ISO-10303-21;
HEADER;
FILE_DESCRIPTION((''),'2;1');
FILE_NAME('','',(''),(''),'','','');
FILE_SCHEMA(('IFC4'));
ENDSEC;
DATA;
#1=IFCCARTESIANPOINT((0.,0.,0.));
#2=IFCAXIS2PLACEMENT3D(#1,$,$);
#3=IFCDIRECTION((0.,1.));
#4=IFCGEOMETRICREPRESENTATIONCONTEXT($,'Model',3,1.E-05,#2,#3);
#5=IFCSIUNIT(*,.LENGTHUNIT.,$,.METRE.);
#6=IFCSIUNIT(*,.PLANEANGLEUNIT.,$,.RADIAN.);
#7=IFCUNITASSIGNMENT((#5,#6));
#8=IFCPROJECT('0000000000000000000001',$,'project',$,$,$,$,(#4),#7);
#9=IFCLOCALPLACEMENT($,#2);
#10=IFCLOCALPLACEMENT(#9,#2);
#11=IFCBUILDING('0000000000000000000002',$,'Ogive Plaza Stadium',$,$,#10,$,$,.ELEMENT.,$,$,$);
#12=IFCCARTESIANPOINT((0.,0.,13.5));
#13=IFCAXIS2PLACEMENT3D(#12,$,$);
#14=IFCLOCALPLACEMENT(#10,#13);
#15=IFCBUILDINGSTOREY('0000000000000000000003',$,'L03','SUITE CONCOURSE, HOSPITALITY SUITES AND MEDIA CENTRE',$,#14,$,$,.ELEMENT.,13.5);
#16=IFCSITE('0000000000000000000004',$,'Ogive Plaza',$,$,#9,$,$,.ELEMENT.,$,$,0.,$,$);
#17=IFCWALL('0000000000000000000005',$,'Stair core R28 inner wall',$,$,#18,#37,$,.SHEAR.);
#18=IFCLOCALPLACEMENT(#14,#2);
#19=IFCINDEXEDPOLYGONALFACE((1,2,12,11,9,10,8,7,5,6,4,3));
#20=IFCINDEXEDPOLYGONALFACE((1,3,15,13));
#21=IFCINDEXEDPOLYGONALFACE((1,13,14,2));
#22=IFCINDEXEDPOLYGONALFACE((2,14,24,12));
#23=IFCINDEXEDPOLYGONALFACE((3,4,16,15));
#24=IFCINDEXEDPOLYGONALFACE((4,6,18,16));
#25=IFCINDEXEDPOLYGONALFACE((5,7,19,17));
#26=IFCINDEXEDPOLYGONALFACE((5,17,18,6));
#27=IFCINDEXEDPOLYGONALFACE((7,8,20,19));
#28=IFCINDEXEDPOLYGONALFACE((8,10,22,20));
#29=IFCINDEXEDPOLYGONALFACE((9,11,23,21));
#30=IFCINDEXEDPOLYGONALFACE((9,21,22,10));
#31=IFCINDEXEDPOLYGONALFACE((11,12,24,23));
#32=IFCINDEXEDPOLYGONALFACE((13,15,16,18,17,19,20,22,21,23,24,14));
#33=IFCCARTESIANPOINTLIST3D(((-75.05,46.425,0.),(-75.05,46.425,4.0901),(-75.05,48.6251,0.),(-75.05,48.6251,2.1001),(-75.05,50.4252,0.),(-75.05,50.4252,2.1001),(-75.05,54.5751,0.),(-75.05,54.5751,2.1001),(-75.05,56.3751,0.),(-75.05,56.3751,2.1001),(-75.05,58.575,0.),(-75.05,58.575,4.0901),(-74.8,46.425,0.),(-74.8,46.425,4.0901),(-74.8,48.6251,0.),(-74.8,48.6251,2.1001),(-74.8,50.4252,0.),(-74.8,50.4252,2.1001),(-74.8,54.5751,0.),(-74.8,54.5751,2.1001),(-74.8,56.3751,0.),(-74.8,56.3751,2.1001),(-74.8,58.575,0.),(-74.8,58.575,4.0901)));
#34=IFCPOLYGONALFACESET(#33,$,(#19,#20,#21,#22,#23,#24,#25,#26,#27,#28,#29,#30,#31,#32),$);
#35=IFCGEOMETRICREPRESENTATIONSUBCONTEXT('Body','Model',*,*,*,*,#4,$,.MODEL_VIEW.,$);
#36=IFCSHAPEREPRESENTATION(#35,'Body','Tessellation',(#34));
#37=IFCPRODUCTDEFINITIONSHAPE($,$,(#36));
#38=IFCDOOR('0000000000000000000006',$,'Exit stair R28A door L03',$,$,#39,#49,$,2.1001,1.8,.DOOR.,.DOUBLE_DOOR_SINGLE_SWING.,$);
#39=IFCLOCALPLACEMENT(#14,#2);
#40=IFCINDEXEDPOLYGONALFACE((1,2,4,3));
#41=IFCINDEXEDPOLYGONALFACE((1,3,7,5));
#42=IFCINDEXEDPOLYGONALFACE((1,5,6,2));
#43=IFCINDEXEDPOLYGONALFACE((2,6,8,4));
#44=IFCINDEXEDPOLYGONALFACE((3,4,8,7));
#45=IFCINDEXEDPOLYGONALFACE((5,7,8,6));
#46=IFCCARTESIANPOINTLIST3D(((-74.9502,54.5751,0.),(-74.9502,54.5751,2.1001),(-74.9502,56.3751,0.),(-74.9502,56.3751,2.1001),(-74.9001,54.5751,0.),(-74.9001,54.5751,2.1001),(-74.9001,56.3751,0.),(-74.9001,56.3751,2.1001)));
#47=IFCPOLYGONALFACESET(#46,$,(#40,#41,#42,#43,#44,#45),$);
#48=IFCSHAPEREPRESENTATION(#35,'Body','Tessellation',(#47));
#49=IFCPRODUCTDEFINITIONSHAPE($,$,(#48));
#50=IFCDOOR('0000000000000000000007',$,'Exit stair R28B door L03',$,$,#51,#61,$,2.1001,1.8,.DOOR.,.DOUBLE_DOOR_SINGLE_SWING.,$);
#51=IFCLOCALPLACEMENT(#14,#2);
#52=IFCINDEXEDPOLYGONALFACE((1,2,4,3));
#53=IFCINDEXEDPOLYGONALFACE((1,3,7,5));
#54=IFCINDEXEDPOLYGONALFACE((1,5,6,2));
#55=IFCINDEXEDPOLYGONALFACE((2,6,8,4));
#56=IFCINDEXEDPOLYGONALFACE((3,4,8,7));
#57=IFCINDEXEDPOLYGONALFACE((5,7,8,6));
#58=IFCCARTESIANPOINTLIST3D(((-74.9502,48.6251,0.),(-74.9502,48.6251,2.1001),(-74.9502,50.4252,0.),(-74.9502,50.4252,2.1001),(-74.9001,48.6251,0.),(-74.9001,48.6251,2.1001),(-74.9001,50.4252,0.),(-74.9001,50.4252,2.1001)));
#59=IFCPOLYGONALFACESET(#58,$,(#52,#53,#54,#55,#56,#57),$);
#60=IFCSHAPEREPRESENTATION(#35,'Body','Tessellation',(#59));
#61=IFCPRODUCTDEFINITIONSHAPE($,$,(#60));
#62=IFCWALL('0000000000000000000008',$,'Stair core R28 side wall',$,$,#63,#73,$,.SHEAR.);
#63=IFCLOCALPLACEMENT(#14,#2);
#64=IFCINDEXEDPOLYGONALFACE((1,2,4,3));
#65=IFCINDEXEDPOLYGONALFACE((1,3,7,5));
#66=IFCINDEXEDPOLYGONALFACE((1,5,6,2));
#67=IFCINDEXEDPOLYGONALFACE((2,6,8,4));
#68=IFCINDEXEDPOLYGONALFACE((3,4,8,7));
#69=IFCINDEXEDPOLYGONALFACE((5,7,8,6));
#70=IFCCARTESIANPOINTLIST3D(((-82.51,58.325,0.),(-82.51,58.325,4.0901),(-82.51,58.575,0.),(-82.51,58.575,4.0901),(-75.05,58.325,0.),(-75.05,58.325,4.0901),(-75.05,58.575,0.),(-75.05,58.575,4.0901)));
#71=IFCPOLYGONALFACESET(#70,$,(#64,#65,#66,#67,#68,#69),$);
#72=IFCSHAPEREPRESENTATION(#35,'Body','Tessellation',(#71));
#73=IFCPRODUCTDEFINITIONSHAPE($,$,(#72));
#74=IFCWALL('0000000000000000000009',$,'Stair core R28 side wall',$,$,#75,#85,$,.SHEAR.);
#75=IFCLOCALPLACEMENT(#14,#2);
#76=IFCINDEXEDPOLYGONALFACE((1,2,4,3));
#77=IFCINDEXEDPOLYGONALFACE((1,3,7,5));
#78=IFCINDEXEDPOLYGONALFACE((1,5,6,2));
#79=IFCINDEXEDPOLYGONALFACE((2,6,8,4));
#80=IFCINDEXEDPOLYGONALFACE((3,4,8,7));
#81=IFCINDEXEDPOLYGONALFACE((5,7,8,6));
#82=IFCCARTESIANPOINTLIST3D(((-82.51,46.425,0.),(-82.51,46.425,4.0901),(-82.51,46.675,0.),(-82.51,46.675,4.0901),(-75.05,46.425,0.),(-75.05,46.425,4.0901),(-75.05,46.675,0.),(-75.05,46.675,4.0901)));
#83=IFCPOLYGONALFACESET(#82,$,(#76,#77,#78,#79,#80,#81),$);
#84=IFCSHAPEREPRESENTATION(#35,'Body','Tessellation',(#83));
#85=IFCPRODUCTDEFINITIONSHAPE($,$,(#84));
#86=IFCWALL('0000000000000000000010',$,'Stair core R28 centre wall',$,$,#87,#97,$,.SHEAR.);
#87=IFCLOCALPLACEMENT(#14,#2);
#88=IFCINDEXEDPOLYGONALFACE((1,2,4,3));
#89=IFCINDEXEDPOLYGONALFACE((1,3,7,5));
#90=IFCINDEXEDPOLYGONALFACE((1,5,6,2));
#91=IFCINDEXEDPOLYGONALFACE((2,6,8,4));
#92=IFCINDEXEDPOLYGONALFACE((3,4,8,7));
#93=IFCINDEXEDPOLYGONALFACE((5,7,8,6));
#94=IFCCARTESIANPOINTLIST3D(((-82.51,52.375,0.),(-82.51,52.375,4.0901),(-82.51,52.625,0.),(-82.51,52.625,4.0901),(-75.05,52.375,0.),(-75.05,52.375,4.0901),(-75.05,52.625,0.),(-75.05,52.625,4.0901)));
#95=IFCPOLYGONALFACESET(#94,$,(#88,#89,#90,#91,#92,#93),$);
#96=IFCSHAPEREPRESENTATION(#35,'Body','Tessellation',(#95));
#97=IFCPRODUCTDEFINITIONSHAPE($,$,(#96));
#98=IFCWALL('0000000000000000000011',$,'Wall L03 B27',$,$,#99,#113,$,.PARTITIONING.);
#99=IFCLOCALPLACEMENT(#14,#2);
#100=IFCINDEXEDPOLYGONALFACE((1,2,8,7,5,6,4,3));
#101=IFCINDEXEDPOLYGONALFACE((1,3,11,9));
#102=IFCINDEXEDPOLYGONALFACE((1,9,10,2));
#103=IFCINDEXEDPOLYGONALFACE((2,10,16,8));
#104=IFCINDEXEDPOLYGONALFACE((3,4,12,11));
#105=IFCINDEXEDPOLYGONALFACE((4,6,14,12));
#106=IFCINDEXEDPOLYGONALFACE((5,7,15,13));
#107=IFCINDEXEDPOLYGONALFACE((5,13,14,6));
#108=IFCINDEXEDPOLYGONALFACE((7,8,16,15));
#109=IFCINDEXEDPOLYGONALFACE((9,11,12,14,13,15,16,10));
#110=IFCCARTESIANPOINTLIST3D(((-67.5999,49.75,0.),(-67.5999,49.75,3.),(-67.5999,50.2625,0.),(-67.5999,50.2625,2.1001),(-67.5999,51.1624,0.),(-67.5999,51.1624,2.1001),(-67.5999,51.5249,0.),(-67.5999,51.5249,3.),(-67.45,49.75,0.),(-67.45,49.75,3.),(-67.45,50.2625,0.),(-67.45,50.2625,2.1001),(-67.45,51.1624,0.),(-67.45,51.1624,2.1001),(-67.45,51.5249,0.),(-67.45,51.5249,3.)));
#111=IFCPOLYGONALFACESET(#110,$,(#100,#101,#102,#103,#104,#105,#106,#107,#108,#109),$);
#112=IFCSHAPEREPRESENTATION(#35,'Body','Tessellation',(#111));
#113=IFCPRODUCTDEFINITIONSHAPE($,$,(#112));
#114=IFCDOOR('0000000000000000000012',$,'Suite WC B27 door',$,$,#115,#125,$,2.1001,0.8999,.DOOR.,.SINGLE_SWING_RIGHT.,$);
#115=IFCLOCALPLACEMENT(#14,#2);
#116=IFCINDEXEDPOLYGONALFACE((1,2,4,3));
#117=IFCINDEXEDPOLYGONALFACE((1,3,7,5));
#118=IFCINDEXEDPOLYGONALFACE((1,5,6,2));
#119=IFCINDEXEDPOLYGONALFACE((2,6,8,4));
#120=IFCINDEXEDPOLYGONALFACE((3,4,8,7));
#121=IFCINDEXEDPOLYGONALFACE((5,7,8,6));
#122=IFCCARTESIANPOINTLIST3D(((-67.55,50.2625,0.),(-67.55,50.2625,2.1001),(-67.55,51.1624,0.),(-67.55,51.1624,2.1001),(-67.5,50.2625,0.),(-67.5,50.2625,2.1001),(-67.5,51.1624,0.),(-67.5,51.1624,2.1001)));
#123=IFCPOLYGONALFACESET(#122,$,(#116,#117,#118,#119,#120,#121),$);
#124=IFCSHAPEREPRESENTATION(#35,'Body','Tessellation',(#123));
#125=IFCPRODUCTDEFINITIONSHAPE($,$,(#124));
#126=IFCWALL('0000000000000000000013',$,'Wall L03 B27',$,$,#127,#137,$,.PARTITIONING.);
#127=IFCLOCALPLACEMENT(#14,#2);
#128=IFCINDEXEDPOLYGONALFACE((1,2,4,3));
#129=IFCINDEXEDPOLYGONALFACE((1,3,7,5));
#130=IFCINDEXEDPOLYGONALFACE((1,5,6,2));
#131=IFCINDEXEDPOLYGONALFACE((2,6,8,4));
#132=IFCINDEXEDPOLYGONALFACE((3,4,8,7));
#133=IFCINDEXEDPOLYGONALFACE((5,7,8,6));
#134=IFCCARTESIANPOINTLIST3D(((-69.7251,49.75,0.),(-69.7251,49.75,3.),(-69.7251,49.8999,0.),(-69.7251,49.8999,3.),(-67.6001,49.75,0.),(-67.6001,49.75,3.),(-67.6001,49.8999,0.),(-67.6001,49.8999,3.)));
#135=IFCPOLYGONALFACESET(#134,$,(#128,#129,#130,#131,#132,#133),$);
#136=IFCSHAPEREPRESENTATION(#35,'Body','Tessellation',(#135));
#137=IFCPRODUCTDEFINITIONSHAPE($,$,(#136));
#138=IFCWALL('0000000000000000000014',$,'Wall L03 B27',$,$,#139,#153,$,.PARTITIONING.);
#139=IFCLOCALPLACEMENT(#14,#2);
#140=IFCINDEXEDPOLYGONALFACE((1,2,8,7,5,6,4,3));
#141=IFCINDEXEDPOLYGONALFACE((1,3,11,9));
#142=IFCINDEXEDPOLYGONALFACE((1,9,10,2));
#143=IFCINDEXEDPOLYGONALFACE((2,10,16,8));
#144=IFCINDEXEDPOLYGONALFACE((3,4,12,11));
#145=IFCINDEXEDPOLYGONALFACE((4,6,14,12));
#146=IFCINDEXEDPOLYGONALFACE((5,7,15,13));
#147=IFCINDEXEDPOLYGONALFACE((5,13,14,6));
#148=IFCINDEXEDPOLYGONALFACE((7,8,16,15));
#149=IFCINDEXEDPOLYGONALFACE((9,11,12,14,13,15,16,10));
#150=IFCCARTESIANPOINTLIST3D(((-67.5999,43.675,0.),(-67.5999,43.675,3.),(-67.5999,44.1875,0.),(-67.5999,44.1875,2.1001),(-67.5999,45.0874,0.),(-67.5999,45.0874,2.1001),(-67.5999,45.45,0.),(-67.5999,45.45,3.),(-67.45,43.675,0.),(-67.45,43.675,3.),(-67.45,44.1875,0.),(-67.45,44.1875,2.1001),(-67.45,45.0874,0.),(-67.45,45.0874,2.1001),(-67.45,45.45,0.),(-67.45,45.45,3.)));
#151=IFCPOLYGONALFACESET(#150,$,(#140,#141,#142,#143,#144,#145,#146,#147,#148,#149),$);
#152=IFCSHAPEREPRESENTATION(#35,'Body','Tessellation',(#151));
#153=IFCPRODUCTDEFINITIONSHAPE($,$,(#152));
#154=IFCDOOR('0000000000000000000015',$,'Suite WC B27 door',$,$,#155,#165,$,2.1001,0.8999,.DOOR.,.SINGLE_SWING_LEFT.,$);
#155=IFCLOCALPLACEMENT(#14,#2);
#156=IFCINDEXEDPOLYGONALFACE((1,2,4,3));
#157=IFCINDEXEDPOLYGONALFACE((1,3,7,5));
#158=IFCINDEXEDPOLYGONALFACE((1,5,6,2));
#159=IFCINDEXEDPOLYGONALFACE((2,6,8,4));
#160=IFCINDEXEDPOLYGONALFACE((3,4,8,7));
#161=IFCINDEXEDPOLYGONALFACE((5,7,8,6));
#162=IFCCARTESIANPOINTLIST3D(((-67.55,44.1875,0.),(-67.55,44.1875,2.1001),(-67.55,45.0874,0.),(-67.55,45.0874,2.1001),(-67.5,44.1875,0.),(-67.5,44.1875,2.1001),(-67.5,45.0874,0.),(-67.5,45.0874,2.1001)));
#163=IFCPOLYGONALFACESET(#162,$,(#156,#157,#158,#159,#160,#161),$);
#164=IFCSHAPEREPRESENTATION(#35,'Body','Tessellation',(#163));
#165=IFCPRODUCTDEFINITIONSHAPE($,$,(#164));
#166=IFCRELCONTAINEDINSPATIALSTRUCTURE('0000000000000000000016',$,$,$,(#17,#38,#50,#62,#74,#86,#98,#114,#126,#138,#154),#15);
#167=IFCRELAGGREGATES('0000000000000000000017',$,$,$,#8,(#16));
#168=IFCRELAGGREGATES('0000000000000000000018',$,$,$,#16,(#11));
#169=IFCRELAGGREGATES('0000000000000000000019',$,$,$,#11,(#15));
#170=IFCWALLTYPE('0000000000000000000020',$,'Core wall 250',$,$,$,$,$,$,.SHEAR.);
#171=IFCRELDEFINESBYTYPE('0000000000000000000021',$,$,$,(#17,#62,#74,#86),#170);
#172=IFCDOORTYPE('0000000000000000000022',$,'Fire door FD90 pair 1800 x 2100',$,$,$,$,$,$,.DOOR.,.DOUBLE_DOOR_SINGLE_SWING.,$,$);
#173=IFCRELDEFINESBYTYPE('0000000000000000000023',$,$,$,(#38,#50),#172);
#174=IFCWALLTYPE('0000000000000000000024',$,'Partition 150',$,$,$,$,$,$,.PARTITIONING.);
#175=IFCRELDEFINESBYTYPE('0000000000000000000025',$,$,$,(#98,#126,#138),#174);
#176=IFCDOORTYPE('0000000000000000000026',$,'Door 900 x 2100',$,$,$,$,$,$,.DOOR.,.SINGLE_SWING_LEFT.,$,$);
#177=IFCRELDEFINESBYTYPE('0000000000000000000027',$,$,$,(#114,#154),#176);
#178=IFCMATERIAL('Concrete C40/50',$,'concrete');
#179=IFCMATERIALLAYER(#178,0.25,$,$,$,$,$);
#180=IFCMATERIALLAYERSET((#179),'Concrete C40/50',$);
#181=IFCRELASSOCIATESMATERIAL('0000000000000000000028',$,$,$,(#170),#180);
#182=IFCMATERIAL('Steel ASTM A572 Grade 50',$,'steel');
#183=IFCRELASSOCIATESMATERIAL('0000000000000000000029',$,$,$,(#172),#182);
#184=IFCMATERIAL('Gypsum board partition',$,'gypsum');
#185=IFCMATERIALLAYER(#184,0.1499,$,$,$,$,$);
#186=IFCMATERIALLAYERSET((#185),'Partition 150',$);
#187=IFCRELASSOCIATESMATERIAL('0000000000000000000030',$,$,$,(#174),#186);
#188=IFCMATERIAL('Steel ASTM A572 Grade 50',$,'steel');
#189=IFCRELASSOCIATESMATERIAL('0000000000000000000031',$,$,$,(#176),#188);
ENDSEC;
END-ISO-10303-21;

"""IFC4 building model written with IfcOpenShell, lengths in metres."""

from ifc_helpers import new_model, si_unit, direction, frame, frame_2d, origin, place, context, subcontext, project, spatial, rectangle, extrude, material, layer, layer_set, type_object, element, fill, save


model = new_model("IFC4")

# Units and contexts
model_context = context("Model", 3, precision=1e-05, world=origin(), true_north=direction((0.0, 1.0)))
body_context = subcontext(model_context, "Body", "Model", "MODEL_VIEW")
ifc_project = project(units=[si_unit("LENGTHUNIT", "METRE"), si_unit("PLANEANGLEUNIT", "RADIAN")], contexts=[model_context])

# Site, building, storey
site_placement = place(None, origin())
site = spatial("IfcSite", under=ifc_project, at=site_placement, Name="Ogive Plaza", CompositionType="ELEMENT", RefElevation=0.0)
building_placement = place(site_placement, origin())
building = spatial("IfcBuilding", under=site, at=building_placement, Name="Ogive Plaza Stadium", CompositionType="ELEMENT")
storey_placement = place(building_placement, frame((0.0, 0.0, 13.5)))
storey = spatial("IfcBuildingStorey", under=building, at=storey_placement, Name="L03", Description="SUITE CONCOURSE, HOSPITALITY SUITES AND MEDIA CENTRE", CompositionType="ELEMENT", Elevation=13.5)

# Wall, openings, doors
ifc_material_1 = material(Name="Concrete C40/50", Category="concrete")
ifc_layer_1 = layer(ifc_material_1, 0.25)
ifc_layer_set_1 = layer_set([ifc_layer_1], Name="Concrete C40/50")
wall_type_1 = type_object("IfcWallType", Name="Core wall 250", PredefinedType="SHEAR", material=ifc_layer_set_1)
wall_1_placement = place(storey_placement, frame((-74.925, 58.575, 0.0), z_axis=(0.0, 0.0, 1.0), x_axis=(0.0, -1.0, 0.0)))
wall_1 = element("IfcWall", 1, at=wall_1_placement, inside=storey, type_object=wall_type_1, Name="Stair core R28 inner wall", PredefinedType="SHEAR", context=body_context, shape_type="SweptSolid", body=[
    extrude(rectangle(XDim=12.1499, YDim=0.25, at=frame_2d((6.075, 0.0))), origin(), (0.0, 0.0, 1.0), 4.0901),
])
opening_1_placement = place(wall_1_placement, frame((2.2, 0.0, 0.0)))
opening_1 = element("IfcOpeningElement", 2, at=opening_1_placement, cuts=wall_1, PredefinedType="OPENING", context=body_context, shape_type="SweptSolid", body=[
    extrude(rectangle(XDim=1.8, YDim=2.1001, at=frame_2d((0.8999, 1.05))), frame((0.0, 0.125, 0.0), z_axis=(0.0, -1.0, 0.0), x_axis=(1.0, 0.0, 0.0)), (0.0, 0.0, 1.0), 0.25),
])
opening_2_placement = place(wall_1_placement, frame((8.1499, 0.0, 0.0)))
opening_2 = element("IfcOpeningElement", 3, at=opening_2_placement, cuts=wall_1, PredefinedType="OPENING", context=body_context, shape_type="SweptSolid", body=[
    extrude(rectangle(XDim=1.8, YDim=2.1001, at=frame_2d((0.8999, 1.05))), frame((0.0, 0.125, 0.0), z_axis=(0.0, -1.0, 0.0), x_axis=(1.0, 0.0, 0.0)), (0.0, 0.0, 1.0), 0.25),
])
ifc_material_2 = material(Name="Steel ASTM A572 Grade 50", Category="steel")
door_type_1 = type_object("IfcDoorType", Name="Fire door FD90 pair 1800 x 2100", OperationType="DOUBLE_DOOR_SINGLE_SWING", PredefinedType="DOOR", material=ifc_material_2)
door_1_placement = place(opening_1_placement, origin())
door_1 = element("IfcDoor", 4, at=door_1_placement, inside=storey, type_object=door_type_1, Name="Exit stair R28A door L03", OperationType="DOUBLE_DOOR_SINGLE_SWING", OverallHeight=2.1001, OverallWidth=1.8, PredefinedType="DOOR", context=body_context, shape_type="SweptSolid", body=[
    extrude(rectangle(XDim=1.8, YDim=2.1001, at=frame_2d((0.8999, 1.05))), frame((0.0, 0.0249, 0.0), z_axis=(0.0, -1.0, 0.0), x_axis=(1.0, 0.0, 0.0)), (0.0, 0.0, 1.0), 0.05),
])
fill(opening_1, door_1)
door_2_placement = place(opening_2_placement, origin())
door_2 = element("IfcDoor", 5, at=door_2_placement, inside=storey, type_object=door_type_1, Name="Exit stair R28B door L03", OperationType="DOUBLE_DOOR_SINGLE_SWING", OverallHeight=2.1001, OverallWidth=1.8, PredefinedType="DOOR", context=body_context, shape_type="SweptSolid", body=[
    extrude(rectangle(XDim=1.8, YDim=2.1001, at=frame_2d((0.8999, 1.05))), frame((0.0, 0.0249, 0.0), z_axis=(0.0, -1.0, 0.0), x_axis=(1.0, 0.0, 0.0)), (0.0, 0.0, 1.0), 0.05),
])
fill(opening_2, door_2)

# Walls
for number, where, z_axis, x_axis, name in (
    (6, (-75.05, 58.45, 0.0), (0.0, 0.0, 1.0), (-1.0, 0.0, 0.0), "Stair core R28 side wall"),
    (7, (-75.05, 46.55, 0.0), (0.0, 0.0, 1.0), (-1.0, 0.0, 0.0), "Stair core R28 side wall"),
    (8, (-75.05, 52.5, 0.0), (0.0, 0.0, 1.0), (-1.0, 0.0, 0.0), "Stair core R28 centre wall"),
):
    element("IfcWall", number, at=place(storey_placement, frame(where, z_axis=z_axis, x_axis=x_axis)), inside=storey, type_object=wall_type_1, Name=name, PredefinedType="SHEAR", context=body_context, shape_type="SweptSolid", body=[
        extrude(rectangle(XDim=7.46, YDim=0.25, at=frame_2d((3.73, 0.0))), origin(), (0.0, 0.0, 1.0), 4.0901),
    ])

# Wall, opening, door
ifc_material_3 = material(Name="Gypsum board partition", Category="gypsum")
ifc_layer_2 = layer(ifc_material_3, 0.1499)
ifc_layer_set_2 = layer_set([ifc_layer_2], Name="Partition 150")
wall_type_2 = type_object("IfcWallType", Name="Partition 150", PredefinedType="PARTITIONING", material=ifc_layer_set_2)
wall_2_placement = place(storey_placement, frame((-67.5249, 51.5249, 0.0), z_axis=(0.0, 0.0, 1.0), x_axis=(0.0, -1.0, 0.0)))
wall_2 = element("IfcWall", 9, at=wall_2_placement, inside=storey, type_object=wall_type_2, Name="Wall L03 B27", PredefinedType="PARTITIONING", context=body_context, shape_type="SweptSolid", body=[
    extrude(rectangle(XDim=1.7749, YDim=0.1499, at=frame_2d((0.8875, 0.0))), origin(), (0.0, 0.0, 1.0), 3.0),
])
opening_3_placement = place(wall_2_placement, frame((0.3625, 0.0, 0.0)))
opening_3 = element("IfcOpeningElement", 10, at=opening_3_placement, cuts=wall_2, PredefinedType="OPENING", context=body_context, shape_type="SweptSolid", body=[
    extrude(rectangle(XDim=0.8999, YDim=2.1001, at=frame_2d((0.45, 1.05))), frame((0.0, 0.075, 0.0), z_axis=(0.0, -1.0, 0.0), x_axis=(1.0, 0.0, 0.0)), (0.0, 0.0, 1.0), 0.1499),
])
ifc_material_4 = material(Name="Steel ASTM A572 Grade 50", Category="steel")
door_type_2 = type_object("IfcDoorType", Name="Door 900 x 2100", OperationType="SINGLE_SWING_LEFT", PredefinedType="DOOR", material=ifc_material_4)
door_3_placement = place(opening_3_placement, origin())
door_3 = element("IfcDoor", 11, at=door_3_placement, inside=storey, type_object=door_type_2, Name="Suite WC B27 door", OperationType="SINGLE_SWING_RIGHT", OverallHeight=2.1001, OverallWidth=0.8999, PredefinedType="DOOR", context=body_context, shape_type="SweptSolid", body=[
    extrude(rectangle(XDim=0.8999, YDim=2.1001, at=frame_2d((0.45, 1.05))), frame((0.0, 0.0249, 0.0), z_axis=(0.0, -1.0, 0.0), x_axis=(1.0, 0.0, 0.0)), (0.0, 0.0, 1.0), 0.05),
])
fill(opening_3, door_3)

# Wall
wall_3_placement = place(storey_placement, frame((-67.6001, 49.825, 0.0), z_axis=(0.0, 0.0, 1.0), x_axis=(-1.0, 0.0, 0.0)))
element("IfcWall", 12, at=wall_3_placement, inside=storey, type_object=wall_type_2, Name="Wall L03 B27", PredefinedType="PARTITIONING", context=body_context, shape_type="SweptSolid", body=[
    extrude(rectangle(XDim=2.125, YDim=0.1499, at=frame_2d((1.0625, 0.0))), origin(), (0.0, 0.0, 1.0), 3.0),
])

# Wall, opening, door
wall_4_placement = place(storey_placement, frame((-67.5249, 45.45, 0.0), z_axis=(0.0, 0.0, 1.0), x_axis=(0.0, -1.0, 0.0)))
wall_4 = element("IfcWall", 13, at=wall_4_placement, inside=storey, type_object=wall_type_2, Name="Wall L03 B27", PredefinedType="PARTITIONING", context=body_context, shape_type="SweptSolid", body=[
    extrude(rectangle(XDim=1.7749, YDim=0.1499, at=frame_2d((0.8875, 0.0))), origin(), (0.0, 0.0, 1.0), 3.0),
])
opening_4_placement = place(wall_4_placement, frame((0.3625, 0.0, 0.0)))
opening_4 = element("IfcOpeningElement", 14, at=opening_4_placement, cuts=wall_4, PredefinedType="OPENING", context=body_context, shape_type="SweptSolid", body=[
    extrude(rectangle(XDim=0.8999, YDim=2.1001, at=frame_2d((0.45, 1.05))), frame((0.0, 0.075, 0.0), z_axis=(0.0, -1.0, 0.0), x_axis=(1.0, 0.0, 0.0)), (0.0, 0.0, 1.0), 0.1499),
])
door_4_placement = place(opening_4_placement, origin())
door_4 = element("IfcDoor", 15, at=door_4_placement, inside=storey, type_object=door_type_2, Name="Suite WC B27 door", OperationType="SINGLE_SWING_LEFT", OverallHeight=2.1001, OverallWidth=0.8999, PredefinedType="DOOR", context=body_context, shape_type="SweptSolid", body=[
    extrude(rectangle(XDim=0.8999, YDim=2.1001, at=frame_2d((0.45, 1.05))), frame((0.0, 0.0249, 0.0), z_axis=(0.0, -1.0, 0.0), x_axis=(1.0, 0.0, 0.0)), (0.0, 0.0, 1.0), 0.05),
])
fill(opening_4, door_4)

save(model, "model.ifc")
